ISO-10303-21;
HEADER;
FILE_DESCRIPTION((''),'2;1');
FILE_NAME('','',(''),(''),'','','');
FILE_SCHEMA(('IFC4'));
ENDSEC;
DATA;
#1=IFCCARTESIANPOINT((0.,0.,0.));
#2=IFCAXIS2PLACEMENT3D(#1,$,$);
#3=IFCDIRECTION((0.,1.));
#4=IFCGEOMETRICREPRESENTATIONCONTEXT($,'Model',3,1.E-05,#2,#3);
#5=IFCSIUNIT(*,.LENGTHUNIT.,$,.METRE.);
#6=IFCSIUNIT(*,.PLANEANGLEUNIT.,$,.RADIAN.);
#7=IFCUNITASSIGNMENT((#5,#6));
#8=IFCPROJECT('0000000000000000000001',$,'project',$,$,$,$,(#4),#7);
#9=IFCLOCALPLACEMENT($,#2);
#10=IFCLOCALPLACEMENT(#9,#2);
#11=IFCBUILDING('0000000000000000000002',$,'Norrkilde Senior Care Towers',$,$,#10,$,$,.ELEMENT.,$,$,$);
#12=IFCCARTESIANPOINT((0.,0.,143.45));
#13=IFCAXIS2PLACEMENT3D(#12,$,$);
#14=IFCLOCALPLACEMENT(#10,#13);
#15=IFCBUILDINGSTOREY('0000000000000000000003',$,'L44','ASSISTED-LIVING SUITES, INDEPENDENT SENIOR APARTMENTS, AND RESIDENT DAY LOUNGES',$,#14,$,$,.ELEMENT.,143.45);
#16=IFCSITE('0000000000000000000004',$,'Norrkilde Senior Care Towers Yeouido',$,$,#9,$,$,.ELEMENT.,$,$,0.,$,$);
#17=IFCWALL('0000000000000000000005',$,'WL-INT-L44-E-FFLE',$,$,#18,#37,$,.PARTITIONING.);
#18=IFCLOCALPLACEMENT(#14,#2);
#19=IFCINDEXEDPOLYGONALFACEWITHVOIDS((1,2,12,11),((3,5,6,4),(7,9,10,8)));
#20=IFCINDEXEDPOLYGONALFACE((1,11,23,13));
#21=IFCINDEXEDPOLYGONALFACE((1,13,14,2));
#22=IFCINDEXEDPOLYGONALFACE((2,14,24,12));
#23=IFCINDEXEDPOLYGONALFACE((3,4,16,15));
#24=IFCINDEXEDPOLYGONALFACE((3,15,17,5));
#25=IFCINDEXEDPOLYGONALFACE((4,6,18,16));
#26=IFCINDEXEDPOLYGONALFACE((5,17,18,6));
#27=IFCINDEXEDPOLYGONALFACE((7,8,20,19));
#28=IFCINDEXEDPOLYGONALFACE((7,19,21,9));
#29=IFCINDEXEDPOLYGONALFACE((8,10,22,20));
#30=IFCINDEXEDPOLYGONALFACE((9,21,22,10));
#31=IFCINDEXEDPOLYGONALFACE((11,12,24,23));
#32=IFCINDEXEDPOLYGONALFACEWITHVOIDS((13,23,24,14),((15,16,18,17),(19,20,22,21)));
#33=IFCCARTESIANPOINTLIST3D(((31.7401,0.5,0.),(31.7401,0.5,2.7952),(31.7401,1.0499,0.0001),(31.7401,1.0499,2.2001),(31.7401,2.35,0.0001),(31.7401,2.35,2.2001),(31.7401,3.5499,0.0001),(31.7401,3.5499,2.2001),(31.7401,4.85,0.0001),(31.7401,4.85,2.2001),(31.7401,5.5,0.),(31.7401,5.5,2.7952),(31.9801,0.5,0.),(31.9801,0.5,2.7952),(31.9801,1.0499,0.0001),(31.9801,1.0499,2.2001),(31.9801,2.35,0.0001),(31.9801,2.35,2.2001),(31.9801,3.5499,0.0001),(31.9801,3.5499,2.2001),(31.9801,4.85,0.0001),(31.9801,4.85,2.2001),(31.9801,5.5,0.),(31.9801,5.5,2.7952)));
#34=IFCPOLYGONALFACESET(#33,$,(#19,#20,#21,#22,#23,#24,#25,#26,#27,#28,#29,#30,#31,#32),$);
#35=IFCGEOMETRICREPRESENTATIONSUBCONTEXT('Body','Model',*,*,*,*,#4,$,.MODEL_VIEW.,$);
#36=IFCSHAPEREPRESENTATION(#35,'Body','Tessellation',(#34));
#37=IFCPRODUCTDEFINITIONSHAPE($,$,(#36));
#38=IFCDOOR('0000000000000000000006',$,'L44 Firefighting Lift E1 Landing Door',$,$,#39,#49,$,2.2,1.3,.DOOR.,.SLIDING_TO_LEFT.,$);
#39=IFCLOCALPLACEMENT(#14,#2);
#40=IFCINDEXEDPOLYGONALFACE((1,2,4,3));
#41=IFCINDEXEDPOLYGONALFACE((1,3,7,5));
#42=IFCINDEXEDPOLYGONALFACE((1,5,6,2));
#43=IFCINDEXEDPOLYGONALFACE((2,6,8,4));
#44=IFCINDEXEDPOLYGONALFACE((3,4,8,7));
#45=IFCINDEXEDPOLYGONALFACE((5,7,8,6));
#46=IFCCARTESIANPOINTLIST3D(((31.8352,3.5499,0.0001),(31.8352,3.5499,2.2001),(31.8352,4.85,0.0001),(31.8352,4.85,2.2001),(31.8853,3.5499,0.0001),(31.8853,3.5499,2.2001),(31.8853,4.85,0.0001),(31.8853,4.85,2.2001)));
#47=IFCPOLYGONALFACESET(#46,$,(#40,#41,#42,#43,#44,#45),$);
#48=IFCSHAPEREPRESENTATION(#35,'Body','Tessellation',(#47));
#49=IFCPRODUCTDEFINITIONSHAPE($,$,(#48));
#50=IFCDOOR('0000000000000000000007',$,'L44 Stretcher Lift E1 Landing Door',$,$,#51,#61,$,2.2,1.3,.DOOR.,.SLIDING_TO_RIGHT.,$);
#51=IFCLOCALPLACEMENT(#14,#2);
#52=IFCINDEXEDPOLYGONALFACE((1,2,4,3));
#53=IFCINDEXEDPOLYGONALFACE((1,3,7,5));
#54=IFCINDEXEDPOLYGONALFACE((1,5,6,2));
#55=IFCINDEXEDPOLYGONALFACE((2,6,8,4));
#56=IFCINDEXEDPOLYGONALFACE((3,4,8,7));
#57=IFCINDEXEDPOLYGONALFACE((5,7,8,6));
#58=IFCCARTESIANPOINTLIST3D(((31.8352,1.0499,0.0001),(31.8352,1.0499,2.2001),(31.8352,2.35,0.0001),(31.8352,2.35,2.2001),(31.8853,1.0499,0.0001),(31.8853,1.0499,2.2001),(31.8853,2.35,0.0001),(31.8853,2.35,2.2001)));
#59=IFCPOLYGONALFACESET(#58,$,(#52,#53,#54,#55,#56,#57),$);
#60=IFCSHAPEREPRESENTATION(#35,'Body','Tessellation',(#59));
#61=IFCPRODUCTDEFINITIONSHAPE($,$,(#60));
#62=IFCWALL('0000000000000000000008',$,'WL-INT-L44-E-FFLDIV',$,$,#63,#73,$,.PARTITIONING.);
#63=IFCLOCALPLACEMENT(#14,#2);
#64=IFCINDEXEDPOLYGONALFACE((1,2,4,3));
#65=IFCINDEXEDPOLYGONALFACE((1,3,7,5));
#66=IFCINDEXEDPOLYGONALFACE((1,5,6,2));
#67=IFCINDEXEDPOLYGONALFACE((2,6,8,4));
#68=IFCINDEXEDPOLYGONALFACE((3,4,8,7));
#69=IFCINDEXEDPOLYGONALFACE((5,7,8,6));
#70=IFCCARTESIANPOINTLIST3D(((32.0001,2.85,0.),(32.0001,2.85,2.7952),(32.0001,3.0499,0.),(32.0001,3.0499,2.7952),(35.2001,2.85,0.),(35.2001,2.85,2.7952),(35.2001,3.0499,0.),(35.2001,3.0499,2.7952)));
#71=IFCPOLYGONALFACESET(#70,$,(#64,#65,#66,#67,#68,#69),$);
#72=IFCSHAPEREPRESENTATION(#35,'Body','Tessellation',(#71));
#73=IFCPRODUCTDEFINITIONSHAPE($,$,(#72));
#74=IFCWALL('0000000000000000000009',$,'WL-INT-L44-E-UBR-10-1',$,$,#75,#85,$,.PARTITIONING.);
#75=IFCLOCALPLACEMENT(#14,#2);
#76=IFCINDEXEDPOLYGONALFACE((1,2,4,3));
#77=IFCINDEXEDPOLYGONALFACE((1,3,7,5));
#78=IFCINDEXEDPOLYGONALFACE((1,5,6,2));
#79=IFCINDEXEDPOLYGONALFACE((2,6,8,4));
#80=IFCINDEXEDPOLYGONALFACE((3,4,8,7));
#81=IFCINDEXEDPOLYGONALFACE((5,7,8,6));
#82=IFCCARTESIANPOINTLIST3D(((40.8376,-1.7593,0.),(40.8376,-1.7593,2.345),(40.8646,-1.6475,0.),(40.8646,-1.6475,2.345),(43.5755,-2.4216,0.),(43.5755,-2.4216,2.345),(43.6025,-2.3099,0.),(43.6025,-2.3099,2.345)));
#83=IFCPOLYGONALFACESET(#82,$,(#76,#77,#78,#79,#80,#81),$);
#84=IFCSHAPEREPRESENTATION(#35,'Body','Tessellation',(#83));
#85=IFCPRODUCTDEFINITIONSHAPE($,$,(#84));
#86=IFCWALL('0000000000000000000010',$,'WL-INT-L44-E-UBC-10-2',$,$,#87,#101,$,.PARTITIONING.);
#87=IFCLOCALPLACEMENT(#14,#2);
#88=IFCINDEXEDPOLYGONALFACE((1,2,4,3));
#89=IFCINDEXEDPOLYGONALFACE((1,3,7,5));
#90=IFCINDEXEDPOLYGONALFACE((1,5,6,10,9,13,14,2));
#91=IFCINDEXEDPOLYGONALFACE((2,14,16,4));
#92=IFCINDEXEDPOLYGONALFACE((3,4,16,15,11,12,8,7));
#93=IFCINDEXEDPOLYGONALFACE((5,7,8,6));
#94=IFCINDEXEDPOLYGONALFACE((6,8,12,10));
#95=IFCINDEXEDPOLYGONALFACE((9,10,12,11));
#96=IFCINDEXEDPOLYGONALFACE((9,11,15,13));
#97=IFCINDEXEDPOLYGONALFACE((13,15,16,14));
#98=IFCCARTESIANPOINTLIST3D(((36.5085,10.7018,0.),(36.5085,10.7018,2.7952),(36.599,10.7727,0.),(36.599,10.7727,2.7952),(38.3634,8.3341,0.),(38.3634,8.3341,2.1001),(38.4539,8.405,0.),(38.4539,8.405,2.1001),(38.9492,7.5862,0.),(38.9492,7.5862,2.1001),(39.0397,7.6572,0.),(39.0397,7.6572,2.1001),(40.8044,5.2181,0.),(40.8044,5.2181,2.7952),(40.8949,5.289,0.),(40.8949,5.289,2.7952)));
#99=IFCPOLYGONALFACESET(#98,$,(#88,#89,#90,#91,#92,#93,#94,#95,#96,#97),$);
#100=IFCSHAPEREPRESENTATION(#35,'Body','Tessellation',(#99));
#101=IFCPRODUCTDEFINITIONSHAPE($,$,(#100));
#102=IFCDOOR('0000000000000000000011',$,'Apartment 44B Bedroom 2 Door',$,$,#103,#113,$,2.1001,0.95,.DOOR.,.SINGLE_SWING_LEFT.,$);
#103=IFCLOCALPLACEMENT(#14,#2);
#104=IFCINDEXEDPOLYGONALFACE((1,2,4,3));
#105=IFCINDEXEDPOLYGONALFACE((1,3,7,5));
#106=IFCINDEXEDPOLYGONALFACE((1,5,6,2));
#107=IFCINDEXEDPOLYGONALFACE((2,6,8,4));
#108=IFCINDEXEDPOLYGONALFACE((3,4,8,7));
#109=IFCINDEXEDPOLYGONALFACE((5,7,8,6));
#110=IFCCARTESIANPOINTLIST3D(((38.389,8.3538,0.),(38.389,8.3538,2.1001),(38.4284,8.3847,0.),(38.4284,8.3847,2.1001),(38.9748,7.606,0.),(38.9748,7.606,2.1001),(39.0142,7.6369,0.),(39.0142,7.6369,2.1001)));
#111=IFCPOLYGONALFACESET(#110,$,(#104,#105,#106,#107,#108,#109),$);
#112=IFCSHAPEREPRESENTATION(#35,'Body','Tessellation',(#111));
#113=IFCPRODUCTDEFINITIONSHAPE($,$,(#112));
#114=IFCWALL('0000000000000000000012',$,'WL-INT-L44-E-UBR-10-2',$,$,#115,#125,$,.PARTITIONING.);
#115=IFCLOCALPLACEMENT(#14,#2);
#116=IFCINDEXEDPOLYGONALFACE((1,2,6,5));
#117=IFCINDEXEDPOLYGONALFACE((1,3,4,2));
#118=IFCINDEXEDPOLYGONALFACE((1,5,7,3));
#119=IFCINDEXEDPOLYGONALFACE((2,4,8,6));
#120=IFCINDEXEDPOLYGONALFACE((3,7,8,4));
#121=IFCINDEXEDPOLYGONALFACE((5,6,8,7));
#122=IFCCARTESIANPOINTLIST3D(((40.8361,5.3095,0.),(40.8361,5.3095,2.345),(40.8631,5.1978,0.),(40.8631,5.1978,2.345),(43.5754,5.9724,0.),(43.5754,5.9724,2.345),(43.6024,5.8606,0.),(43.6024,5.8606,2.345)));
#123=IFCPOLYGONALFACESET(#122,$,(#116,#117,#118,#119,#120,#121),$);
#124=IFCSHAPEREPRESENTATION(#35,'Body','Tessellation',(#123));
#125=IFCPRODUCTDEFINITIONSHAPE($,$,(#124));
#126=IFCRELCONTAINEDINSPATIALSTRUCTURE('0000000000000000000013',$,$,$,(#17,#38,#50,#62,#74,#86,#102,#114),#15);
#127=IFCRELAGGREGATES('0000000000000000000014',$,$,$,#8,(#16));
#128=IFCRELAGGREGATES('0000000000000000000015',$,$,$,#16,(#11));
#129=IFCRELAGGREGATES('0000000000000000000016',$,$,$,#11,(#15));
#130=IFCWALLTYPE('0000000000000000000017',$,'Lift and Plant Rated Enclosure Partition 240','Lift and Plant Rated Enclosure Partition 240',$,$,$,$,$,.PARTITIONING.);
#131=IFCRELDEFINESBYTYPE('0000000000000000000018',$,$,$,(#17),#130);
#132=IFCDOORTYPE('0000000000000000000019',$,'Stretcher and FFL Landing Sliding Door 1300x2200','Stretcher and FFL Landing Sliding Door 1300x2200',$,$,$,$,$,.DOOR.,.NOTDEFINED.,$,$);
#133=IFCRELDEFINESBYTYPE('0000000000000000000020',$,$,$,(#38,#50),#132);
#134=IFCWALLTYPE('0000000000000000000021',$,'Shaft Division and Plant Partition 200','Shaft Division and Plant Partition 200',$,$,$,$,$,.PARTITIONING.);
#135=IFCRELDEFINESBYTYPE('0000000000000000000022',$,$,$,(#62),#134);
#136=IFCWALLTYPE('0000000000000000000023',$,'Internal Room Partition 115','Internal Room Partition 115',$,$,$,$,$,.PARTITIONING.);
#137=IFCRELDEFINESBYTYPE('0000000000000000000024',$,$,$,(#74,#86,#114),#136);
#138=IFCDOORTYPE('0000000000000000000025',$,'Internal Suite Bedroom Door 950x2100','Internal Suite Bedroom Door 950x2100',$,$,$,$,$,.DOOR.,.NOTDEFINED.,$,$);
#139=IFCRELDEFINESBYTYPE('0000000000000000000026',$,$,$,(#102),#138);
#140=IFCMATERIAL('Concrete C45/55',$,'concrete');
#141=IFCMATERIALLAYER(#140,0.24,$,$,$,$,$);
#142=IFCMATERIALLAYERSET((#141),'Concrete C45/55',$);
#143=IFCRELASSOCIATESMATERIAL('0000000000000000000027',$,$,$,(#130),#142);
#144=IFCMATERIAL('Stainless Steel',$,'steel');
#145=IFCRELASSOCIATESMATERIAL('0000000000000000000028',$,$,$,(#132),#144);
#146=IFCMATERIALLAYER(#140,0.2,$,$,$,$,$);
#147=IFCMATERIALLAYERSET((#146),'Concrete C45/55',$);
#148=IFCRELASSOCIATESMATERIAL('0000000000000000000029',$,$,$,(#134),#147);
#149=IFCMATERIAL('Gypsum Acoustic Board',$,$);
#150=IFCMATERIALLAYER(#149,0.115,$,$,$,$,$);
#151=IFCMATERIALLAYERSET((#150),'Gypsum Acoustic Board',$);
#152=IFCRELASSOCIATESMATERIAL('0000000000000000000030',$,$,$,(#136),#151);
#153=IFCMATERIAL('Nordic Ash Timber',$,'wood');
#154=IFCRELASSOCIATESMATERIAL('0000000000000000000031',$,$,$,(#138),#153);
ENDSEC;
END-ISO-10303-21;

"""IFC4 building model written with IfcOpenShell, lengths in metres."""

from ifc_helpers import new_model, si_unit, direction, frame, frame_2d, origin, place, context, subcontext, project, spatial, rectangle, extrude, source, transform, mapped, material, layer, layer_set, type_object, type_shapes, element, fill, save


model = new_model("IFC4")

# Units and contexts
model_context = context("Model", 3, precision=1e-05, world=origin(), true_north=direction((0.0, 1.0)))
body_context = subcontext(model_context, "Body", "Model", "MODEL_VIEW")
ifc_project = project(units=[si_unit("LENGTHUNIT", "METRE"), si_unit("PLANEANGLEUNIT", "RADIAN")], contexts=[model_context])

# Site, building, storey
site_placement = place(None, origin())
site = spatial("IfcSite", under=ifc_project, at=site_placement, Name="Norrkilde Senior Care Towers Yeouido", CompositionType="ELEMENT", RefElevation=0.0)
building_placement = place(site_placement, origin())
building = spatial("IfcBuilding", under=site, at=building_placement, Name="Norrkilde Senior Care Towers", CompositionType="ELEMENT")
storey_placement = place(building_placement, frame((0.0, 0.0, 143.45)))
storey = spatial("IfcBuildingStorey", under=building, at=storey_placement, Name="L44", Description="ASSISTED-LIVING SUITES, INDEPENDENT SENIOR APARTMENTS, AND RESIDENT DAY LOUNGES", CompositionType="ELEMENT", Elevation=143.45)

# Shared definitions
ifc_material_1 = material(Name="Concrete C45/55", Category="concrete")

# Wall, openings, doors
ifc_layer_1 = layer(ifc_material_1, 0.24)
ifc_layer_set_1 = layer_set([ifc_layer_1], Name="Concrete C45/55")
wall_type_1 = type_object("IfcWallType", Name="Lift and Plant Rated Enclosure Partition 240", Description="Lift and Plant Rated Enclosure Partition 240", PredefinedType="PARTITIONING", material=ifc_layer_set_1)
shared_shape_1 = source(origin(), body_context, "Body", "SweptSolid", [
    extrude(rectangle(XDim=5.0, YDim=0.24, at=frame_2d((2.5, 0.0))), origin(), (0.0, 0.0, 1.0), 2.7952),
])
type_shapes(wall_type_1, [shared_shape_1])
wall_1_placement = place(storey_placement, frame((31.8601, 0.5, 0.0), z_axis=(0.0, 0.0, 1.0), x_axis=(0.0, 1.0, 0.0)))
wall_1 = element("IfcWall", 1, at=wall_1_placement, inside=storey, type_object=wall_type_1, Name="WL-INT-L44-E-FFLE", PredefinedType="PARTITIONING", context=body_context, shape_type="MappedRepresentation", body=[
    mapped(shared_shape_1, transform((0.0, 0.0, 0.0), x_axis=(1.0, 0.0, 0.0), y_axis=(0.0, 1.0, 0.0), z_axis=(0.0, 0.0, 1.0), scale=1.0)),
])
opening_1_placement = place(wall_1_placement, frame((3.05, 0.0, 0.0)))
opening_1 = element("IfcOpeningElement", 2, at=opening_1_placement, cuts=wall_1, PredefinedType="OPENING", context=body_context, shape_type="SweptSolid", body=[
    extrude(rectangle(XDim=1.3, YDim=2.2, at=frame_2d((0.6499, 1.1001))), frame((0.0, 0.1299, 0.0), z_axis=(0.0, -1.0, 0.0), x_axis=(1.0, 0.0, 0.0)), (0.0, 0.0, 1.0), 0.26),
])
opening_2_placement = place(wall_1_placement, frame((0.55, 0.0, 0.0)))
opening_2 = element("IfcOpeningElement", 3, at=opening_2_placement, cuts=wall_1, PredefinedType="OPENING", context=body_context, shape_type="SweptSolid", body=[
    extrude(rectangle(XDim=1.3, YDim=2.2, at=frame_2d((0.6499, 1.1001))), frame((0.0, 0.1299, 0.0), z_axis=(0.0, -1.0, 0.0), x_axis=(1.0, 0.0, 0.0)), (0.0, 0.0, 1.0), 0.26),
])
ifc_material_2 = material(Name="Stainless Steel", Category="steel")
door_type_1 = type_object("IfcDoorType", Name="Stretcher and FFL Landing Sliding Door 1300x2200", Description="Stretcher and FFL Landing Sliding Door 1300x2200", OperationType="NOTDEFINED", PredefinedType="DOOR", material=ifc_material_2)
shared_shape_2 = source(origin(), body_context, "Body", "SweptSolid", [
    extrude(rectangle(XDim=1.3, YDim=2.2, at=frame_2d((0.6499, 1.1001))), frame((0.0, 0.0249, 0.0), z_axis=(0.0, -1.0, 0.0), x_axis=(1.0, 0.0, 0.0)), (0.0, 0.0, 1.0), 0.05),
])
type_shapes(door_type_1, [shared_shape_2])
door_1_placement = place(opening_1_placement, origin())
door_1 = element("IfcDoor", 4, at=door_1_placement, inside=storey, type_object=door_type_1, Name="L44 Firefighting Lift E1 Landing Door", OperationType="SLIDING_TO_LEFT", OverallHeight=2.2, OverallWidth=1.3, PredefinedType="DOOR", context=body_context, shape_type="MappedRepresentation", body=[
    mapped(shared_shape_2, transform((0.0, 0.0, 0.0), x_axis=(1.0, 0.0, 0.0), y_axis=(0.0, 1.0, 0.0), z_axis=(0.0, 0.0, 1.0), scale=1.0)),
])
fill(opening_1, door_1)
door_2_placement = place(opening_2_placement, origin())
door_2 = element("IfcDoor", 5, at=door_2_placement, inside=storey, type_object=door_type_1, Name="L44 Stretcher Lift E1 Landing Door", OperationType="SLIDING_TO_RIGHT", OverallHeight=2.2, OverallWidth=1.3, PredefinedType="DOOR", context=body_context, shape_type="MappedRepresentation", body=[
    mapped(shared_shape_2, transform((0.0, 0.0, 0.0), x_axis=(1.0, 0.0, 0.0), y_axis=(0.0, 1.0, 0.0), z_axis=(0.0, 0.0, 1.0), scale=1.0)),
])
fill(opening_2, door_2)

# Wall
ifc_layer_2 = layer(ifc_material_1, 0.2)
ifc_layer_set_2 = layer_set([ifc_layer_2], Name="Concrete C45/55")
wall_type_2 = type_object("IfcWallType", Name="Shaft Division and Plant Partition 200", Description="Shaft Division and Plant Partition 200", PredefinedType="PARTITIONING", material=ifc_layer_set_2)
shared_shape_3 = source(origin(), body_context, "Body", "SweptSolid", [
    extrude(rectangle(XDim=3.2, YDim=0.2, at=frame_2d((1.6001, 0.0))), origin(), (0.0, 0.0, 1.0), 2.7952),
])
type_shapes(wall_type_2, [shared_shape_3])
wall_2_placement = place(storey_placement, frame((32.0, 2.95, 0.0), z_axis=(0.0, 0.0, 1.0), x_axis=(1.0, 0.0, 0.0)))
element("IfcWall", 6, at=wall_2_placement, inside=storey, type_object=wall_type_2, Name="WL-INT-L44-E-FFLDIV", PredefinedType="PARTITIONING", context=body_context, shape_type="MappedRepresentation", body=[
    mapped(shared_shape_3, transform((0.0, 0.0, 0.0), x_axis=(1.0, 0.0, 0.0), y_axis=(0.0, 1.0, 0.0), z_axis=(0.0, 0.0, 1.0), scale=1.0)),
])

# Wall
ifc_material_3 = material(Name="Gypsum Acoustic Board")
ifc_layer_3 = layer(ifc_material_3, 0.115)
ifc_layer_set_3 = layer_set([ifc_layer_3], Name="Gypsum Acoustic Board")
wall_type_3 = type_object("IfcWallType", Name="Internal Room Partition 115", Description="Internal Room Partition 115", PredefinedType="PARTITIONING", material=ifc_layer_set_3)
shared_shape_4 = source(origin(), body_context, "Body", "SweptSolid", [
    extrude(rectangle(XDim=2.8169, YDim=0.115, at=frame_2d((1.4084, 0.0))), origin(), (0.0, 0.0, 1.0), 2.345),
])
wall_3_placement = place(storey_placement, frame((40.8511, -1.7034, 0.0), z_axis=(0.0, 0.0, 1.0), x_axis=(0.97196, -0.235146, 0.0)))
element("IfcWall", 7, at=wall_3_placement, inside=storey, type_object=wall_type_3, Name="WL-INT-L44-E-UBR-10-1", PredefinedType="PARTITIONING", context=body_context, shape_type="MappedRepresentation", body=[
    mapped(shared_shape_4, transform((0.0, 0.0, 0.0), x_axis=(1.0, 0.0, 0.0), y_axis=(0.0, 1.0, 0.0), z_axis=(0.0, 0.0, 1.0), scale=1.0)),
])

# Wall, opening, door
shared_shape_5 = source(origin(), body_context, "Body", "SweptSolid", [
    extrude(rectangle(XDim=6.9661, YDim=0.115, at=frame_2d((3.4829, 0.0))), origin(), (0.0, 0.0, 1.0), 2.7952),
])
wall_4_placement = place(storey_placement, frame((40.8496, 5.2537, 0.0), z_axis=(0.0, 0.0, 1.0), x_axis=(-0.616696, 0.787202, 0.0)))
wall_4 = element("IfcWall", 8, at=wall_4_placement, inside=storey, type_object=wall_type_3, Name="WL-INT-L44-E-UBC-10-2", PredefinedType="PARTITIONING", context=body_context, shape_type="MappedRepresentation", body=[
    mapped(shared_shape_5, transform((0.0, 0.0, 0.0), x_axis=(1.0, 0.0, 0.0), y_axis=(0.0, 1.0, 0.0), z_axis=(0.0, 0.0, 1.0), scale=1.0)),
])
opening_3_placement = place(wall_4_placement, frame((3.0081, 0.0, 0.0)))
opening_3 = element("IfcOpeningElement", 9, at=opening_3_placement, cuts=wall_4, PredefinedType="OPENING", context=body_context, shape_type="SweptSolid", body=[
    extrude(rectangle(XDim=0.95, YDim=2.1001, at=frame_2d((0.4751, 1.05))), frame((0.0, 0.0674, 0.0), z_axis=(0.0, -1.0, 0.0), x_axis=(1.0, 0.0, 0.0)), (0.0, 0.0, 1.0), 0.135),
])
ifc_material_4 = material(Name="Nordic Ash Timber", Category="wood")
door_type_2 = type_object("IfcDoorType", Name="Internal Suite Bedroom Door 950x2100", Description="Internal Suite Bedroom Door 950x2100", OperationType="NOTDEFINED", PredefinedType="DOOR", material=ifc_material_4)
shared_shape_6 = source(origin(), body_context, "Body", "SweptSolid", [
    extrude(rectangle(XDim=0.95, YDim=2.1001, at=frame_2d((0.4751, 1.05))), frame((0.0, 0.0249, 0.0), z_axis=(0.0, -1.0, 0.0), x_axis=(1.0, 0.0, 0.0)), (0.0, 0.0, 1.0), 0.05),
])
type_shapes(door_type_2, [shared_shape_6])
door_3_placement = place(opening_3_placement, frame((0.95, 0.0, 0.0), z_axis=(0.0, 0.0, 1.0), x_axis=(-1.0, 0.0, 0.0)))
door_3 = element("IfcDoor", 10, at=door_3_placement, inside=storey, type_object=door_type_2, Name="Apartment 44B Bedroom 2 Door", OperationType="SINGLE_SWING_LEFT", OverallHeight=2.1001, OverallWidth=0.95, PredefinedType="DOOR", context=body_context, shape_type="MappedRepresentation", body=[
    mapped(shared_shape_6, transform((0.0, 0.0, 0.0), x_axis=(1.0, 0.0, 0.0), y_axis=(0.0, 1.0, 0.0), z_axis=(0.0, 0.0, 1.0), scale=1.0)),
])
fill(opening_3, door_3)

# Wall
shared_shape_7 = source(origin(), body_context, "Body", "SweptSolid", [
    extrude(rectangle(XDim=2.8184, YDim=0.115, at=frame_2d((1.4092, 0.0))), origin(), (0.0, 0.0, 1.0), 2.345),
])
type_shapes(wall_type_3, [shared_shape_4, shared_shape_5, shared_shape_7])
wall_5_placement = place(storey_placement, frame((40.8496, 5.2537, 0.0), z_axis=(0.0, 0.0, 1.0), x_axis=(0.971949, 0.235191, 0.0)))
element("IfcWall", 11, at=wall_5_placement, inside=storey, type_object=wall_type_3, Name="WL-INT-L44-E-UBR-10-2", PredefinedType="PARTITIONING", context=body_context, shape_type="MappedRepresentation", body=[
    mapped(shared_shape_7, transform((0.0, 0.0, 0.0), x_axis=(1.0, 0.0, 0.0), y_axis=(0.0, 1.0, 0.0), z_axis=(0.0, 0.0, 1.0), scale=1.0)),
])

save(model, "model.ifc")
